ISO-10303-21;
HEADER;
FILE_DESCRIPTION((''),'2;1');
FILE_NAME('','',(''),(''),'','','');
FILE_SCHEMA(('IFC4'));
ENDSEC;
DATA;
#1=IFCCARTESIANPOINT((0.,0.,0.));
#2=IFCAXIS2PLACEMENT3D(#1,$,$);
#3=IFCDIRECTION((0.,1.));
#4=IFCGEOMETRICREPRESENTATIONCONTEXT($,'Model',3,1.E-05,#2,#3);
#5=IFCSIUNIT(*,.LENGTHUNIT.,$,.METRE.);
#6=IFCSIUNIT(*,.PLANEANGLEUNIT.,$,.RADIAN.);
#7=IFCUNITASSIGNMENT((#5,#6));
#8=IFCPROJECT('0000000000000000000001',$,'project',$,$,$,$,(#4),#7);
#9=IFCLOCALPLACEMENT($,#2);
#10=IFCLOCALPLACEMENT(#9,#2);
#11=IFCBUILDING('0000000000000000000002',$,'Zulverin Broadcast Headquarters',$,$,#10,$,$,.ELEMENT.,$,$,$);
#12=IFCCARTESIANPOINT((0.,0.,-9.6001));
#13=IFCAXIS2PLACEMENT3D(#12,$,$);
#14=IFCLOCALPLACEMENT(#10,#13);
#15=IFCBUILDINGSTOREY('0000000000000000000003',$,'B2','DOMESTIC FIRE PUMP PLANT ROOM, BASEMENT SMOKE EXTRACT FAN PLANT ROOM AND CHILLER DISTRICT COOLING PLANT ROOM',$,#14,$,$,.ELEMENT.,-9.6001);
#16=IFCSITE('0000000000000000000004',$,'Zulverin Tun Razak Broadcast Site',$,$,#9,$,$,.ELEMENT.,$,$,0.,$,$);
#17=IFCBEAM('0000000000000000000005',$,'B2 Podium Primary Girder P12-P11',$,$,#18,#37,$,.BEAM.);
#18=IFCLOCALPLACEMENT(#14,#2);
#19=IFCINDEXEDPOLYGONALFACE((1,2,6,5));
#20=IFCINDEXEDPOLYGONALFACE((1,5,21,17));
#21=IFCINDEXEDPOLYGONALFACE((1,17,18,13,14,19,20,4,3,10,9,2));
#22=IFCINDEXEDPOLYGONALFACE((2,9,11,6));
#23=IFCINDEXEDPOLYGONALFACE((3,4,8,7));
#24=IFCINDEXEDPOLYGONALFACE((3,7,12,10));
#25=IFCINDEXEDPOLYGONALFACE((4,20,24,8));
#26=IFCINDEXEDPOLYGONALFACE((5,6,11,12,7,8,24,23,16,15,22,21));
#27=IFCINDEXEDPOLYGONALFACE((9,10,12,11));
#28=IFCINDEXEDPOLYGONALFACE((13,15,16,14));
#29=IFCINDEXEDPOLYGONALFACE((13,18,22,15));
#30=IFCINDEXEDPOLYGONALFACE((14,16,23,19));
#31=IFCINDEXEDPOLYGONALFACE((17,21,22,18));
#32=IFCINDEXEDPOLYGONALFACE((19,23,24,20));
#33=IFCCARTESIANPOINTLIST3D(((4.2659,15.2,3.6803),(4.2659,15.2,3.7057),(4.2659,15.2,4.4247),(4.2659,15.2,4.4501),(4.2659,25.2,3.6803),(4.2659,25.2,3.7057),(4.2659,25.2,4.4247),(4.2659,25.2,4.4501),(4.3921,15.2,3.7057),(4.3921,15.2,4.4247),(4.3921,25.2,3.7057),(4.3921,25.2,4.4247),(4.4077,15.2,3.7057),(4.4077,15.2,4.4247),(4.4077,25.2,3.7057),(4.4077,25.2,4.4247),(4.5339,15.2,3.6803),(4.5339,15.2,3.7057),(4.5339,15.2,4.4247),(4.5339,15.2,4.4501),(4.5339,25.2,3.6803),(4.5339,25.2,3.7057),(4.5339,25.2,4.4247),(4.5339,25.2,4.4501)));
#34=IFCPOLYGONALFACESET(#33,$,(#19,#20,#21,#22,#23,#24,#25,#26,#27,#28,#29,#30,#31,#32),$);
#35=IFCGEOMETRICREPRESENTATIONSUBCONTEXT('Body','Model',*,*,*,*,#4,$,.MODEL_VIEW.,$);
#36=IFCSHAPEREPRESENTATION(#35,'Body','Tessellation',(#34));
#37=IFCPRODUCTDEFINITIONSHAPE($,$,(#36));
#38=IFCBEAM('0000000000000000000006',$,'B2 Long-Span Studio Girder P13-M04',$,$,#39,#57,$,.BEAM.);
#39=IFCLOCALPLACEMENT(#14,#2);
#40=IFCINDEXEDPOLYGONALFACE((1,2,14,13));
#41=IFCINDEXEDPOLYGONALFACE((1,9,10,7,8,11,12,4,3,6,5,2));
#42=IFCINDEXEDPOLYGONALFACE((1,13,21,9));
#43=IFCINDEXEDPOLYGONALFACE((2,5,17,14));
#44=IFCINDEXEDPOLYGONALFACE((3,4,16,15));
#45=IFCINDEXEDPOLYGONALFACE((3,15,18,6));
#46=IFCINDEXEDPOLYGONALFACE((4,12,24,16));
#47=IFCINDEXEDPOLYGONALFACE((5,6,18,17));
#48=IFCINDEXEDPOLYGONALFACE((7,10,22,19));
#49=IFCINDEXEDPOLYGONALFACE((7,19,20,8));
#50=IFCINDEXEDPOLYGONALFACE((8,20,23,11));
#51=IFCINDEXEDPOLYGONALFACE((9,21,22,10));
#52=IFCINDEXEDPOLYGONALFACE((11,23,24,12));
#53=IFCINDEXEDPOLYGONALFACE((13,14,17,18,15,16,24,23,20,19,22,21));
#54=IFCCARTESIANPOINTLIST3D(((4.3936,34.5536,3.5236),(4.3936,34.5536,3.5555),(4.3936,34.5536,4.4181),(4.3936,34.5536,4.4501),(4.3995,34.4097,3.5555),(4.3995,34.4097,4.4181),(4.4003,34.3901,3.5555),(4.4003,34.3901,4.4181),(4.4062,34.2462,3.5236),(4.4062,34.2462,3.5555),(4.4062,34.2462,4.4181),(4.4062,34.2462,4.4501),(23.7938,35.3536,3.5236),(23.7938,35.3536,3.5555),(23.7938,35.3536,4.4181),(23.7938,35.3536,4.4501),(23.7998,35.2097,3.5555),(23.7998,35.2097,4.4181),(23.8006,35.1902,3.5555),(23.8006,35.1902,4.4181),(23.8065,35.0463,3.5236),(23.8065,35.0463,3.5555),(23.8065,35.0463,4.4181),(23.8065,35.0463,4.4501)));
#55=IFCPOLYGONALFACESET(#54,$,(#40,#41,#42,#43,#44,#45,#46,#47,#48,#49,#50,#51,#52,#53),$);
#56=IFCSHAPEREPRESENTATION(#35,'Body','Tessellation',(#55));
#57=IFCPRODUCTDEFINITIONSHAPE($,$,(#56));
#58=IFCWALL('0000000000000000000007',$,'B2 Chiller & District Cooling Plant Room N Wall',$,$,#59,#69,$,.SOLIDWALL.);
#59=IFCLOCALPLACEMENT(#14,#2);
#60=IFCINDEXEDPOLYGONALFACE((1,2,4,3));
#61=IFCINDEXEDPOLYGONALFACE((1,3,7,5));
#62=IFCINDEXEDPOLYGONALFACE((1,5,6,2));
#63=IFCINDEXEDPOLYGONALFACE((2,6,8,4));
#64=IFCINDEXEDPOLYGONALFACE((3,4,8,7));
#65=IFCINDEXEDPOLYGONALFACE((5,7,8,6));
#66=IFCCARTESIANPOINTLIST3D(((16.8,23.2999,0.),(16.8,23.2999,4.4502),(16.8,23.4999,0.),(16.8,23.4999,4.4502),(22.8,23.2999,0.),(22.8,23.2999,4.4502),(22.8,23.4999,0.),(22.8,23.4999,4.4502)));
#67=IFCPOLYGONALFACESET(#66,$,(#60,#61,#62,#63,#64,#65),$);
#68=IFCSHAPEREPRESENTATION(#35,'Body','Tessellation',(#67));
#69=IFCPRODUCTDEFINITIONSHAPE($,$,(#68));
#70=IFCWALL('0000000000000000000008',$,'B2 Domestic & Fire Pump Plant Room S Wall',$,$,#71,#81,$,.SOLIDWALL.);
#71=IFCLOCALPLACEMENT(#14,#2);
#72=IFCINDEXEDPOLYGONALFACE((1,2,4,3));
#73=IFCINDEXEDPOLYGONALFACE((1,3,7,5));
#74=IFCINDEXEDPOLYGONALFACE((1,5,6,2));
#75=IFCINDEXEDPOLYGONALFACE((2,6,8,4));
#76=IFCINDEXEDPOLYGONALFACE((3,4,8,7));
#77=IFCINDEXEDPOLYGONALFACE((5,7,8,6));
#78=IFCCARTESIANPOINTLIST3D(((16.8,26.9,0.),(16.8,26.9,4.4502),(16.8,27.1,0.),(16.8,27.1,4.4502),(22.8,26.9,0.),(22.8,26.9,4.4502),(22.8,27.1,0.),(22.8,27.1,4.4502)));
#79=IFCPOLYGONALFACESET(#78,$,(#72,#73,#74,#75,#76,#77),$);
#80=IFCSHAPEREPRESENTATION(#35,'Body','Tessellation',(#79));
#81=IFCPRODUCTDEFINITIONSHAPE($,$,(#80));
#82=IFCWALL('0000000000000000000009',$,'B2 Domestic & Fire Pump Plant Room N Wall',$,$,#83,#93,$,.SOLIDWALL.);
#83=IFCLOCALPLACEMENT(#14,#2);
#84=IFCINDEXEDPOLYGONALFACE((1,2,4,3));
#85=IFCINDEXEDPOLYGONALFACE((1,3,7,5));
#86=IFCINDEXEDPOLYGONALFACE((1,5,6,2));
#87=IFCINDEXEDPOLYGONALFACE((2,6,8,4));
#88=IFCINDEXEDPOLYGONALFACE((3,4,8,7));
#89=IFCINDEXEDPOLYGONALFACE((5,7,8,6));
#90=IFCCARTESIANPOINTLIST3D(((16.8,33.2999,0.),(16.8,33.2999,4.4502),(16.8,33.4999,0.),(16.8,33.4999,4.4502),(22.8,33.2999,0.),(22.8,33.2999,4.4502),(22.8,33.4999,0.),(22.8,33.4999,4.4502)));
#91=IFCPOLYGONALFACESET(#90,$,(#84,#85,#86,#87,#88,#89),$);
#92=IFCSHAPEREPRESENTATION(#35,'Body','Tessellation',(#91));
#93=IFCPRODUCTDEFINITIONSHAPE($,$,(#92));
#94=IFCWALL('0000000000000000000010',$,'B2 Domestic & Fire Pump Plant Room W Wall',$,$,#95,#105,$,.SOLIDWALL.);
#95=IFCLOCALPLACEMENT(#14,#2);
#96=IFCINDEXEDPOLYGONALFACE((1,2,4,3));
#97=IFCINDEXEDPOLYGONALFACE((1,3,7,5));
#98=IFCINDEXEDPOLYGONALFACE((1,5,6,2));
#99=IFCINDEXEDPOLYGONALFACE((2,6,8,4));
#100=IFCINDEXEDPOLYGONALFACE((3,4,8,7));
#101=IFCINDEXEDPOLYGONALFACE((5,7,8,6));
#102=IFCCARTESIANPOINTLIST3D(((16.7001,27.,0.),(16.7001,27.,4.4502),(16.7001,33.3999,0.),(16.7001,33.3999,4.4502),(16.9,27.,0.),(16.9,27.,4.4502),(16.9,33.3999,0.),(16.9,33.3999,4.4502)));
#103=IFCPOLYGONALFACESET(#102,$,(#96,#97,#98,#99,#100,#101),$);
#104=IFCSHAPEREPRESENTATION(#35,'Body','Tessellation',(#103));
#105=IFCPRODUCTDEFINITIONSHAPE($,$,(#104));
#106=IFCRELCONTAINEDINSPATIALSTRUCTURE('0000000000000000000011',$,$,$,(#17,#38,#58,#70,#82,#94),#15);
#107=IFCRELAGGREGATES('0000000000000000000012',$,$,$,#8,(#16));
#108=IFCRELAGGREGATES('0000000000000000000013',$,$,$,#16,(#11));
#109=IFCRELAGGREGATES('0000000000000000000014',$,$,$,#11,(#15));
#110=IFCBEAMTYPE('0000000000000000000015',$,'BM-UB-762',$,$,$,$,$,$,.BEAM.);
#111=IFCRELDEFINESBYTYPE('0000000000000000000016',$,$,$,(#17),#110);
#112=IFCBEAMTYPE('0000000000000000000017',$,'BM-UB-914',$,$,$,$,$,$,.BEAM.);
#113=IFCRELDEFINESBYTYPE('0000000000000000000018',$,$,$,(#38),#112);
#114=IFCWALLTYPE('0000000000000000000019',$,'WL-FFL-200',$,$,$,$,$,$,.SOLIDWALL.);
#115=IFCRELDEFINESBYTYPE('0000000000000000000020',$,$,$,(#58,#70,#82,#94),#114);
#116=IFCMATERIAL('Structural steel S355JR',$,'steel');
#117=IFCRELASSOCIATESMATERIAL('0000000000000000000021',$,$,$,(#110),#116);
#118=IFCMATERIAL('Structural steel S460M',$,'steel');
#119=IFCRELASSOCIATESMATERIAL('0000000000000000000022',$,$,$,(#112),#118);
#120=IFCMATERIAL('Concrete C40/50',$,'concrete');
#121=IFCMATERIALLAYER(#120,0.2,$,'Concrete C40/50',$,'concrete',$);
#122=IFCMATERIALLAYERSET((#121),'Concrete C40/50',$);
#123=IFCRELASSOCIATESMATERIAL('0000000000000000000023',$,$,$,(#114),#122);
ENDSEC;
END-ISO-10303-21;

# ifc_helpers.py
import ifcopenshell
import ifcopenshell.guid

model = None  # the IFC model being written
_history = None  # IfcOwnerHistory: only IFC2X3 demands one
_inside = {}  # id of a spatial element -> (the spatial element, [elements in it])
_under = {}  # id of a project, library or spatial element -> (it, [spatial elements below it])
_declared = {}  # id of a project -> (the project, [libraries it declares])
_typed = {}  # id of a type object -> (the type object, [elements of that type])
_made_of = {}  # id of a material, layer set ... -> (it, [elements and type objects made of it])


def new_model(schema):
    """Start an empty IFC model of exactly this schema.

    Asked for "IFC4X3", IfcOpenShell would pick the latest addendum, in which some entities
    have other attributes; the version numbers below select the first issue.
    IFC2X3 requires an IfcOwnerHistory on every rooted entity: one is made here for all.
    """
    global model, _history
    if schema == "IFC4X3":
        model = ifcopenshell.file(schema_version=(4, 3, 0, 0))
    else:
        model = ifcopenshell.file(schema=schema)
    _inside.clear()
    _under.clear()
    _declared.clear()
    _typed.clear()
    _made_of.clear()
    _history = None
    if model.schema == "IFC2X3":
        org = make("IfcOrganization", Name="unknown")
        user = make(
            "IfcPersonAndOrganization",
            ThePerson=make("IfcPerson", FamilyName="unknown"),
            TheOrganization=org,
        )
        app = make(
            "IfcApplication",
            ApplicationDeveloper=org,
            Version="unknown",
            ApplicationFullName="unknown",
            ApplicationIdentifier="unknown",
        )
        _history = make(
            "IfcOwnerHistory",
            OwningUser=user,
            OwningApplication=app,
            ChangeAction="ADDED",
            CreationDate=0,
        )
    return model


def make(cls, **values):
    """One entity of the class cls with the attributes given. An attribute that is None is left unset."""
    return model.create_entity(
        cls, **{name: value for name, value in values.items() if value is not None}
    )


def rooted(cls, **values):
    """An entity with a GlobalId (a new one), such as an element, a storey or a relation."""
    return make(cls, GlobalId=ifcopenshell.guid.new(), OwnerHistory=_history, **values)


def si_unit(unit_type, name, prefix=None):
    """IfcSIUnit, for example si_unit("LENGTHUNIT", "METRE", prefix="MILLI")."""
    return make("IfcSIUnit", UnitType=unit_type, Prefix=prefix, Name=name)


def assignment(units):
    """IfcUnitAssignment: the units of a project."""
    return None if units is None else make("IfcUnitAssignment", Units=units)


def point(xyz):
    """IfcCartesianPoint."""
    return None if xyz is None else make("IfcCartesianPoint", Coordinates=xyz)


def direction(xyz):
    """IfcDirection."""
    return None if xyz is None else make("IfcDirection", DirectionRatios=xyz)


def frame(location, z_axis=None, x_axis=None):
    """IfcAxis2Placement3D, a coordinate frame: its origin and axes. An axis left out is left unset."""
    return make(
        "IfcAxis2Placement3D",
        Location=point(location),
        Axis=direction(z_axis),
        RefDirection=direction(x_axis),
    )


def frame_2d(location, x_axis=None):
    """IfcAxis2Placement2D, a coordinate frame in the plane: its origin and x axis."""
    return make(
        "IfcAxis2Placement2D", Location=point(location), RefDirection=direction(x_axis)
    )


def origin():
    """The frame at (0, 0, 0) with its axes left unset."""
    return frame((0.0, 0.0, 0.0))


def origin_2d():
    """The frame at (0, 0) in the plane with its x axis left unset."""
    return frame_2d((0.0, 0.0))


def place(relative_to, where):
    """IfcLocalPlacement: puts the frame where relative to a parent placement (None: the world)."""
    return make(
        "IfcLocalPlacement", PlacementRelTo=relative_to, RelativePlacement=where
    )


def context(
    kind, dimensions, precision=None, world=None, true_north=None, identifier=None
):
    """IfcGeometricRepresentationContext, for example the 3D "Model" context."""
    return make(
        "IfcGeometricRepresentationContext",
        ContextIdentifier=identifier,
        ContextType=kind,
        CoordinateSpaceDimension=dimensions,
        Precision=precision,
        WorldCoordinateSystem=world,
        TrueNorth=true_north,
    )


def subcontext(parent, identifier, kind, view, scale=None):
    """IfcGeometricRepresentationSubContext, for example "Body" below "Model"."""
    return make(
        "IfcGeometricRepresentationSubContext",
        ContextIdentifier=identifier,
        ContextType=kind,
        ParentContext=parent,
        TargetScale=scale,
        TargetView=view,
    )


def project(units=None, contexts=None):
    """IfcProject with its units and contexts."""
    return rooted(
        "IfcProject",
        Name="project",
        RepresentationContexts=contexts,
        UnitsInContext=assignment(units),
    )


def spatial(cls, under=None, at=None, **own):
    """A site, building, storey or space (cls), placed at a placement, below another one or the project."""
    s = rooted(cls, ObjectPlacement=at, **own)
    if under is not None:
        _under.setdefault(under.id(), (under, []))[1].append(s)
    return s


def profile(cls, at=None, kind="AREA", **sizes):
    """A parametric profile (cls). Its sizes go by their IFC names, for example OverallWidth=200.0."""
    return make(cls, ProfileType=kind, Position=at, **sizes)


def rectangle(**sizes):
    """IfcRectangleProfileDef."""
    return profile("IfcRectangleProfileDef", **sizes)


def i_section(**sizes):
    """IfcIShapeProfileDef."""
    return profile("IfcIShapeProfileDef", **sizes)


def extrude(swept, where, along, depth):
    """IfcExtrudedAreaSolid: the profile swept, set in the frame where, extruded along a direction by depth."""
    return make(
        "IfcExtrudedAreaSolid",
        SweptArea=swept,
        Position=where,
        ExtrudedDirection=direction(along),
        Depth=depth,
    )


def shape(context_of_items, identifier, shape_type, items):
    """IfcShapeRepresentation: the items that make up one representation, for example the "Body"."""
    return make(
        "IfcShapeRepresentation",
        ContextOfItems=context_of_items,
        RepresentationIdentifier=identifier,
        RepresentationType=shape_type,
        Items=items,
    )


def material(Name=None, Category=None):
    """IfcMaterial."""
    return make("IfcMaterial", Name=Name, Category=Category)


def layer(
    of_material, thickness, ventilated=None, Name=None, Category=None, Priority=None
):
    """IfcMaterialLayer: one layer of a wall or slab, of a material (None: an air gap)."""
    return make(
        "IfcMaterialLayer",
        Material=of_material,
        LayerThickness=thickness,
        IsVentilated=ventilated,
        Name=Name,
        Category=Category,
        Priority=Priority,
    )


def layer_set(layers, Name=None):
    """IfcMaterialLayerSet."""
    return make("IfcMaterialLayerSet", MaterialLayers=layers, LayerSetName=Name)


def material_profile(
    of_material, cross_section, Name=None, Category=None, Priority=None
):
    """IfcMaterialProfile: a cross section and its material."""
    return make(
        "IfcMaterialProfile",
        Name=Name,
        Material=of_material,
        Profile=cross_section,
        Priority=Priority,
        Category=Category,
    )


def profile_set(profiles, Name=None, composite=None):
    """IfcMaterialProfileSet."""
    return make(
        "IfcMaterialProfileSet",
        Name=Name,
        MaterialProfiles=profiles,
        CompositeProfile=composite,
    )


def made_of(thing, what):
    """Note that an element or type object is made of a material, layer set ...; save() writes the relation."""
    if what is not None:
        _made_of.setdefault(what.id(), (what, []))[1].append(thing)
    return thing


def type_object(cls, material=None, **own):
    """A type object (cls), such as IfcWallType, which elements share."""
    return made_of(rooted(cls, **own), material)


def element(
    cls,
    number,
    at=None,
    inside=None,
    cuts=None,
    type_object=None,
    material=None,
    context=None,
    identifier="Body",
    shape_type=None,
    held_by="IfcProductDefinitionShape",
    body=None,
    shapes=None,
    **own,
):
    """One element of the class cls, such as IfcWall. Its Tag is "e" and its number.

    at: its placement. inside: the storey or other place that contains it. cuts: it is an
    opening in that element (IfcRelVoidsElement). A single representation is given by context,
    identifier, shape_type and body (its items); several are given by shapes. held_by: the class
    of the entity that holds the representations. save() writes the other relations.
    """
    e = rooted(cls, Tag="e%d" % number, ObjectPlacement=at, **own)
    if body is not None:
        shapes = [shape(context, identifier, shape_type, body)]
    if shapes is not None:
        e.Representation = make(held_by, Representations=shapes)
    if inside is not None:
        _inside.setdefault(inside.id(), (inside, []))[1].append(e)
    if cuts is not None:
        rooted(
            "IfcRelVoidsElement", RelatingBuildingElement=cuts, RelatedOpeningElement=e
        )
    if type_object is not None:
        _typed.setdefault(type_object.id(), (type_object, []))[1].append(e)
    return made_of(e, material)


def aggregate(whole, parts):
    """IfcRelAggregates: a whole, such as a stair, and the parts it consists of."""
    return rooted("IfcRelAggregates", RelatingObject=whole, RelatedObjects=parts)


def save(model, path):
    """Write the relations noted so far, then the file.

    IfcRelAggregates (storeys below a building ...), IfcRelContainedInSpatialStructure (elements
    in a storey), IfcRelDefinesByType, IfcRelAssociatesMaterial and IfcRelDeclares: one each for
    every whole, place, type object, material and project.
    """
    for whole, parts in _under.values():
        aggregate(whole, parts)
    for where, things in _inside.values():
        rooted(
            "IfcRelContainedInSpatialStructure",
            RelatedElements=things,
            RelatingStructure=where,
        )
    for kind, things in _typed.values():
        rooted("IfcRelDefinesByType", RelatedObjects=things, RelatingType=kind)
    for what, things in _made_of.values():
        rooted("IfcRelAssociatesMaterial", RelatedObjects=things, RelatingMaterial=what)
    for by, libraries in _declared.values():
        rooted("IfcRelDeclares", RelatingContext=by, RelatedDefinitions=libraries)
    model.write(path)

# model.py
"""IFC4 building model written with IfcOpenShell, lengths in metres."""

from ifc_helpers import new_model, si_unit, direction, frame, frame_2d, origin, origin_2d, place, context, subcontext, project, spatial, rectangle, i_section, extrude, material, layer, layer_set, material_profile, profile_set, type_object, element, save


model = new_model("IFC4")

# Units and contexts
model_context = context("Model", 3, precision=1e-05, world=origin(), true_north=direction((0.0, 1.0)))
body_context = subcontext(model_context, "Body", "Model", "MODEL_VIEW")
ifc_project = project(units=[si_unit("LENGTHUNIT", "METRE"), si_unit("PLANEANGLEUNIT", "RADIAN")], contexts=[model_context])

# Site, building, storey
site_placement = place(None, origin())
site = spatial("IfcSite", under=ifc_project, at=site_placement, Name="Zulverin Tun Razak Broadcast Site", CompositionType="ELEMENT", RefElevation=0.0)
building_placement = place(site_placement, origin())
building = spatial("IfcBuilding", under=site, at=building_placement, Name="Zulverin Broadcast Headquarters", CompositionType="ELEMENT")
storey_placement = place(building_placement, frame((0.0, 0.0, -9.6001)))
storey = spatial("IfcBuildingStorey", under=building, at=storey_placement, Name="B2", Description="DOMESTIC FIRE PUMP PLANT ROOM, BASEMENT SMOKE EXTRACT FAN PLANT ROOM AND CHILLER DISTRICT COOLING PLANT ROOM", CompositionType="ELEMENT", Elevation=-9.6001)

# Beams
ifc_material_1 = material(Name="Structural steel S460M", Category="steel")
ifc_material_2 = material(Name="Structural steel S355JR", Category="steel")
ifc_material_profile_1 = material_profile(ifc_material_2, i_section(OverallWidth=0.2681, OverallDepth=0.7698, WebThickness=0.0156, FlangeThickness=0.0254, at=origin_2d()), Name="Structural steel S355JR", Category="steel")
ifc_profile_set_1 = profile_set([ifc_material_profile_1], Name="Structural steel S355JR")
beam_type_1 = type_object("IfcBeamType", Name="BM-UB-762", PredefinedType="BEAM", material=ifc_profile_set_1)
beam_1_placement = place(storey_placement, frame((4.3999, 25.2, 4.0652), z_axis=(0.0, -1.0, 0.0), x_axis=(1.0, 0.0, 0.0)))
element("IfcBeam", 1, at=beam_1_placement, inside=storey, type_object=beam_type_1, Name="B2 Podium Primary Girder P12-P11", PredefinedType="BEAM", context=body_context, shape_type="SweptSolid", body=[
    extrude(i_section(OverallWidth=0.2681, OverallDepth=0.7698, WebThickness=0.0156, FlangeThickness=0.0254, at=origin_2d()), origin(), (0.0, 0.0, 1.0), 10.0),
])
ifc_material_profile_2 = material_profile(ifc_material_1, i_section(OverallWidth=0.3076, OverallDepth=0.9265, WebThickness=0.0195, FlangeThickness=0.032, at=origin_2d()), Name="Structural steel S460M", Category="steel")
ifc_profile_set_2 = profile_set([ifc_material_profile_2], Name="Structural steel S460M")
beam_type_2 = type_object("IfcBeamType", Name="BM-UB-914", PredefinedType="BEAM", material=ifc_profile_set_2)
beam_2_placement = place(storey_placement, frame((4.3999, 34.3999, 3.9868), z_axis=(0.999151, 0.041204, 0.0), x_axis=(-0.041204, 0.999151, 0.0)))
element("IfcBeam", 2, at=beam_2_placement, inside=storey, type_object=beam_type_2, Name="B2 Long-Span Studio Girder P13-M04", PredefinedType="BEAM", context=body_context, shape_type="SweptSolid", body=[
    extrude(i_section(OverallWidth=0.3076, OverallDepth=0.9265, WebThickness=0.0195, FlangeThickness=0.032, at=origin_2d()), origin(), (0.0, 0.0, 1.0), 19.4167),
])

# Walls
ifc_material_3 = material(Name="Concrete C40/50", Category="concrete")
ifc_layer = layer(ifc_material_3, 0.2, Name="Concrete C40/50", Category="concrete")
ifc_layer_set = layer_set([ifc_layer], Name="Concrete C40/50")
wall_type = type_object("IfcWallType", Name="WL-FFL-200", PredefinedType="SOLIDWALL", material=ifc_layer_set)
for number, where, z_axis, x_axis, name in (
    (3, (16.8, 23.3999, 0.0), (0.0, 0.0, 1.0), (1.0, 0.0, 0.0), "B2 Chiller & District Cooling Plant Room N Wall"),
    (4, (16.8, 27.0, 0.0), (0.0, 0.0, 1.0), (1.0, 0.0, 0.0), "B2 Domestic & Fire Pump Plant Room S Wall"),
    (5, (16.8, 33.3999, 0.0), (0.0, 0.0, 1.0), (1.0, 0.0, 0.0), "B2 Domestic & Fire Pump Plant Room N Wall"),
):
    element("IfcWall", number, at=place(storey_placement, frame(where, z_axis=z_axis, x_axis=x_axis)), inside=storey, type_object=wall_type, Name=name, PredefinedType="SOLIDWALL", context=body_context, shape_type="SweptSolid", body=[
        extrude(rectangle(XDim=6.0, YDim=0.2, at=frame_2d((3.0, 0.0))), origin(), (0.0, 0.0, 1.0), 4.4502),
    ])
wall_placement = place(storey_placement, frame((16.8, 27.0, 0.0), z_axis=(0.0, 0.0, 1.0), x_axis=(0.0, 1.0, 0.0)))
element("IfcWall", 6, at=wall_placement, inside=storey, type_object=wall_type, Name="B2 Domestic & Fire Pump Plant Room W Wall", PredefinedType="SOLIDWALL", context=body_context, shape_type="SweptSolid", body=[
    extrude(rectangle(XDim=6.3999, YDim=0.2, at=frame_2d((3.2, 0.0))), origin(), (0.0, 0.0, 1.0), 4.4502),
])

save(model, "model.ifc")
